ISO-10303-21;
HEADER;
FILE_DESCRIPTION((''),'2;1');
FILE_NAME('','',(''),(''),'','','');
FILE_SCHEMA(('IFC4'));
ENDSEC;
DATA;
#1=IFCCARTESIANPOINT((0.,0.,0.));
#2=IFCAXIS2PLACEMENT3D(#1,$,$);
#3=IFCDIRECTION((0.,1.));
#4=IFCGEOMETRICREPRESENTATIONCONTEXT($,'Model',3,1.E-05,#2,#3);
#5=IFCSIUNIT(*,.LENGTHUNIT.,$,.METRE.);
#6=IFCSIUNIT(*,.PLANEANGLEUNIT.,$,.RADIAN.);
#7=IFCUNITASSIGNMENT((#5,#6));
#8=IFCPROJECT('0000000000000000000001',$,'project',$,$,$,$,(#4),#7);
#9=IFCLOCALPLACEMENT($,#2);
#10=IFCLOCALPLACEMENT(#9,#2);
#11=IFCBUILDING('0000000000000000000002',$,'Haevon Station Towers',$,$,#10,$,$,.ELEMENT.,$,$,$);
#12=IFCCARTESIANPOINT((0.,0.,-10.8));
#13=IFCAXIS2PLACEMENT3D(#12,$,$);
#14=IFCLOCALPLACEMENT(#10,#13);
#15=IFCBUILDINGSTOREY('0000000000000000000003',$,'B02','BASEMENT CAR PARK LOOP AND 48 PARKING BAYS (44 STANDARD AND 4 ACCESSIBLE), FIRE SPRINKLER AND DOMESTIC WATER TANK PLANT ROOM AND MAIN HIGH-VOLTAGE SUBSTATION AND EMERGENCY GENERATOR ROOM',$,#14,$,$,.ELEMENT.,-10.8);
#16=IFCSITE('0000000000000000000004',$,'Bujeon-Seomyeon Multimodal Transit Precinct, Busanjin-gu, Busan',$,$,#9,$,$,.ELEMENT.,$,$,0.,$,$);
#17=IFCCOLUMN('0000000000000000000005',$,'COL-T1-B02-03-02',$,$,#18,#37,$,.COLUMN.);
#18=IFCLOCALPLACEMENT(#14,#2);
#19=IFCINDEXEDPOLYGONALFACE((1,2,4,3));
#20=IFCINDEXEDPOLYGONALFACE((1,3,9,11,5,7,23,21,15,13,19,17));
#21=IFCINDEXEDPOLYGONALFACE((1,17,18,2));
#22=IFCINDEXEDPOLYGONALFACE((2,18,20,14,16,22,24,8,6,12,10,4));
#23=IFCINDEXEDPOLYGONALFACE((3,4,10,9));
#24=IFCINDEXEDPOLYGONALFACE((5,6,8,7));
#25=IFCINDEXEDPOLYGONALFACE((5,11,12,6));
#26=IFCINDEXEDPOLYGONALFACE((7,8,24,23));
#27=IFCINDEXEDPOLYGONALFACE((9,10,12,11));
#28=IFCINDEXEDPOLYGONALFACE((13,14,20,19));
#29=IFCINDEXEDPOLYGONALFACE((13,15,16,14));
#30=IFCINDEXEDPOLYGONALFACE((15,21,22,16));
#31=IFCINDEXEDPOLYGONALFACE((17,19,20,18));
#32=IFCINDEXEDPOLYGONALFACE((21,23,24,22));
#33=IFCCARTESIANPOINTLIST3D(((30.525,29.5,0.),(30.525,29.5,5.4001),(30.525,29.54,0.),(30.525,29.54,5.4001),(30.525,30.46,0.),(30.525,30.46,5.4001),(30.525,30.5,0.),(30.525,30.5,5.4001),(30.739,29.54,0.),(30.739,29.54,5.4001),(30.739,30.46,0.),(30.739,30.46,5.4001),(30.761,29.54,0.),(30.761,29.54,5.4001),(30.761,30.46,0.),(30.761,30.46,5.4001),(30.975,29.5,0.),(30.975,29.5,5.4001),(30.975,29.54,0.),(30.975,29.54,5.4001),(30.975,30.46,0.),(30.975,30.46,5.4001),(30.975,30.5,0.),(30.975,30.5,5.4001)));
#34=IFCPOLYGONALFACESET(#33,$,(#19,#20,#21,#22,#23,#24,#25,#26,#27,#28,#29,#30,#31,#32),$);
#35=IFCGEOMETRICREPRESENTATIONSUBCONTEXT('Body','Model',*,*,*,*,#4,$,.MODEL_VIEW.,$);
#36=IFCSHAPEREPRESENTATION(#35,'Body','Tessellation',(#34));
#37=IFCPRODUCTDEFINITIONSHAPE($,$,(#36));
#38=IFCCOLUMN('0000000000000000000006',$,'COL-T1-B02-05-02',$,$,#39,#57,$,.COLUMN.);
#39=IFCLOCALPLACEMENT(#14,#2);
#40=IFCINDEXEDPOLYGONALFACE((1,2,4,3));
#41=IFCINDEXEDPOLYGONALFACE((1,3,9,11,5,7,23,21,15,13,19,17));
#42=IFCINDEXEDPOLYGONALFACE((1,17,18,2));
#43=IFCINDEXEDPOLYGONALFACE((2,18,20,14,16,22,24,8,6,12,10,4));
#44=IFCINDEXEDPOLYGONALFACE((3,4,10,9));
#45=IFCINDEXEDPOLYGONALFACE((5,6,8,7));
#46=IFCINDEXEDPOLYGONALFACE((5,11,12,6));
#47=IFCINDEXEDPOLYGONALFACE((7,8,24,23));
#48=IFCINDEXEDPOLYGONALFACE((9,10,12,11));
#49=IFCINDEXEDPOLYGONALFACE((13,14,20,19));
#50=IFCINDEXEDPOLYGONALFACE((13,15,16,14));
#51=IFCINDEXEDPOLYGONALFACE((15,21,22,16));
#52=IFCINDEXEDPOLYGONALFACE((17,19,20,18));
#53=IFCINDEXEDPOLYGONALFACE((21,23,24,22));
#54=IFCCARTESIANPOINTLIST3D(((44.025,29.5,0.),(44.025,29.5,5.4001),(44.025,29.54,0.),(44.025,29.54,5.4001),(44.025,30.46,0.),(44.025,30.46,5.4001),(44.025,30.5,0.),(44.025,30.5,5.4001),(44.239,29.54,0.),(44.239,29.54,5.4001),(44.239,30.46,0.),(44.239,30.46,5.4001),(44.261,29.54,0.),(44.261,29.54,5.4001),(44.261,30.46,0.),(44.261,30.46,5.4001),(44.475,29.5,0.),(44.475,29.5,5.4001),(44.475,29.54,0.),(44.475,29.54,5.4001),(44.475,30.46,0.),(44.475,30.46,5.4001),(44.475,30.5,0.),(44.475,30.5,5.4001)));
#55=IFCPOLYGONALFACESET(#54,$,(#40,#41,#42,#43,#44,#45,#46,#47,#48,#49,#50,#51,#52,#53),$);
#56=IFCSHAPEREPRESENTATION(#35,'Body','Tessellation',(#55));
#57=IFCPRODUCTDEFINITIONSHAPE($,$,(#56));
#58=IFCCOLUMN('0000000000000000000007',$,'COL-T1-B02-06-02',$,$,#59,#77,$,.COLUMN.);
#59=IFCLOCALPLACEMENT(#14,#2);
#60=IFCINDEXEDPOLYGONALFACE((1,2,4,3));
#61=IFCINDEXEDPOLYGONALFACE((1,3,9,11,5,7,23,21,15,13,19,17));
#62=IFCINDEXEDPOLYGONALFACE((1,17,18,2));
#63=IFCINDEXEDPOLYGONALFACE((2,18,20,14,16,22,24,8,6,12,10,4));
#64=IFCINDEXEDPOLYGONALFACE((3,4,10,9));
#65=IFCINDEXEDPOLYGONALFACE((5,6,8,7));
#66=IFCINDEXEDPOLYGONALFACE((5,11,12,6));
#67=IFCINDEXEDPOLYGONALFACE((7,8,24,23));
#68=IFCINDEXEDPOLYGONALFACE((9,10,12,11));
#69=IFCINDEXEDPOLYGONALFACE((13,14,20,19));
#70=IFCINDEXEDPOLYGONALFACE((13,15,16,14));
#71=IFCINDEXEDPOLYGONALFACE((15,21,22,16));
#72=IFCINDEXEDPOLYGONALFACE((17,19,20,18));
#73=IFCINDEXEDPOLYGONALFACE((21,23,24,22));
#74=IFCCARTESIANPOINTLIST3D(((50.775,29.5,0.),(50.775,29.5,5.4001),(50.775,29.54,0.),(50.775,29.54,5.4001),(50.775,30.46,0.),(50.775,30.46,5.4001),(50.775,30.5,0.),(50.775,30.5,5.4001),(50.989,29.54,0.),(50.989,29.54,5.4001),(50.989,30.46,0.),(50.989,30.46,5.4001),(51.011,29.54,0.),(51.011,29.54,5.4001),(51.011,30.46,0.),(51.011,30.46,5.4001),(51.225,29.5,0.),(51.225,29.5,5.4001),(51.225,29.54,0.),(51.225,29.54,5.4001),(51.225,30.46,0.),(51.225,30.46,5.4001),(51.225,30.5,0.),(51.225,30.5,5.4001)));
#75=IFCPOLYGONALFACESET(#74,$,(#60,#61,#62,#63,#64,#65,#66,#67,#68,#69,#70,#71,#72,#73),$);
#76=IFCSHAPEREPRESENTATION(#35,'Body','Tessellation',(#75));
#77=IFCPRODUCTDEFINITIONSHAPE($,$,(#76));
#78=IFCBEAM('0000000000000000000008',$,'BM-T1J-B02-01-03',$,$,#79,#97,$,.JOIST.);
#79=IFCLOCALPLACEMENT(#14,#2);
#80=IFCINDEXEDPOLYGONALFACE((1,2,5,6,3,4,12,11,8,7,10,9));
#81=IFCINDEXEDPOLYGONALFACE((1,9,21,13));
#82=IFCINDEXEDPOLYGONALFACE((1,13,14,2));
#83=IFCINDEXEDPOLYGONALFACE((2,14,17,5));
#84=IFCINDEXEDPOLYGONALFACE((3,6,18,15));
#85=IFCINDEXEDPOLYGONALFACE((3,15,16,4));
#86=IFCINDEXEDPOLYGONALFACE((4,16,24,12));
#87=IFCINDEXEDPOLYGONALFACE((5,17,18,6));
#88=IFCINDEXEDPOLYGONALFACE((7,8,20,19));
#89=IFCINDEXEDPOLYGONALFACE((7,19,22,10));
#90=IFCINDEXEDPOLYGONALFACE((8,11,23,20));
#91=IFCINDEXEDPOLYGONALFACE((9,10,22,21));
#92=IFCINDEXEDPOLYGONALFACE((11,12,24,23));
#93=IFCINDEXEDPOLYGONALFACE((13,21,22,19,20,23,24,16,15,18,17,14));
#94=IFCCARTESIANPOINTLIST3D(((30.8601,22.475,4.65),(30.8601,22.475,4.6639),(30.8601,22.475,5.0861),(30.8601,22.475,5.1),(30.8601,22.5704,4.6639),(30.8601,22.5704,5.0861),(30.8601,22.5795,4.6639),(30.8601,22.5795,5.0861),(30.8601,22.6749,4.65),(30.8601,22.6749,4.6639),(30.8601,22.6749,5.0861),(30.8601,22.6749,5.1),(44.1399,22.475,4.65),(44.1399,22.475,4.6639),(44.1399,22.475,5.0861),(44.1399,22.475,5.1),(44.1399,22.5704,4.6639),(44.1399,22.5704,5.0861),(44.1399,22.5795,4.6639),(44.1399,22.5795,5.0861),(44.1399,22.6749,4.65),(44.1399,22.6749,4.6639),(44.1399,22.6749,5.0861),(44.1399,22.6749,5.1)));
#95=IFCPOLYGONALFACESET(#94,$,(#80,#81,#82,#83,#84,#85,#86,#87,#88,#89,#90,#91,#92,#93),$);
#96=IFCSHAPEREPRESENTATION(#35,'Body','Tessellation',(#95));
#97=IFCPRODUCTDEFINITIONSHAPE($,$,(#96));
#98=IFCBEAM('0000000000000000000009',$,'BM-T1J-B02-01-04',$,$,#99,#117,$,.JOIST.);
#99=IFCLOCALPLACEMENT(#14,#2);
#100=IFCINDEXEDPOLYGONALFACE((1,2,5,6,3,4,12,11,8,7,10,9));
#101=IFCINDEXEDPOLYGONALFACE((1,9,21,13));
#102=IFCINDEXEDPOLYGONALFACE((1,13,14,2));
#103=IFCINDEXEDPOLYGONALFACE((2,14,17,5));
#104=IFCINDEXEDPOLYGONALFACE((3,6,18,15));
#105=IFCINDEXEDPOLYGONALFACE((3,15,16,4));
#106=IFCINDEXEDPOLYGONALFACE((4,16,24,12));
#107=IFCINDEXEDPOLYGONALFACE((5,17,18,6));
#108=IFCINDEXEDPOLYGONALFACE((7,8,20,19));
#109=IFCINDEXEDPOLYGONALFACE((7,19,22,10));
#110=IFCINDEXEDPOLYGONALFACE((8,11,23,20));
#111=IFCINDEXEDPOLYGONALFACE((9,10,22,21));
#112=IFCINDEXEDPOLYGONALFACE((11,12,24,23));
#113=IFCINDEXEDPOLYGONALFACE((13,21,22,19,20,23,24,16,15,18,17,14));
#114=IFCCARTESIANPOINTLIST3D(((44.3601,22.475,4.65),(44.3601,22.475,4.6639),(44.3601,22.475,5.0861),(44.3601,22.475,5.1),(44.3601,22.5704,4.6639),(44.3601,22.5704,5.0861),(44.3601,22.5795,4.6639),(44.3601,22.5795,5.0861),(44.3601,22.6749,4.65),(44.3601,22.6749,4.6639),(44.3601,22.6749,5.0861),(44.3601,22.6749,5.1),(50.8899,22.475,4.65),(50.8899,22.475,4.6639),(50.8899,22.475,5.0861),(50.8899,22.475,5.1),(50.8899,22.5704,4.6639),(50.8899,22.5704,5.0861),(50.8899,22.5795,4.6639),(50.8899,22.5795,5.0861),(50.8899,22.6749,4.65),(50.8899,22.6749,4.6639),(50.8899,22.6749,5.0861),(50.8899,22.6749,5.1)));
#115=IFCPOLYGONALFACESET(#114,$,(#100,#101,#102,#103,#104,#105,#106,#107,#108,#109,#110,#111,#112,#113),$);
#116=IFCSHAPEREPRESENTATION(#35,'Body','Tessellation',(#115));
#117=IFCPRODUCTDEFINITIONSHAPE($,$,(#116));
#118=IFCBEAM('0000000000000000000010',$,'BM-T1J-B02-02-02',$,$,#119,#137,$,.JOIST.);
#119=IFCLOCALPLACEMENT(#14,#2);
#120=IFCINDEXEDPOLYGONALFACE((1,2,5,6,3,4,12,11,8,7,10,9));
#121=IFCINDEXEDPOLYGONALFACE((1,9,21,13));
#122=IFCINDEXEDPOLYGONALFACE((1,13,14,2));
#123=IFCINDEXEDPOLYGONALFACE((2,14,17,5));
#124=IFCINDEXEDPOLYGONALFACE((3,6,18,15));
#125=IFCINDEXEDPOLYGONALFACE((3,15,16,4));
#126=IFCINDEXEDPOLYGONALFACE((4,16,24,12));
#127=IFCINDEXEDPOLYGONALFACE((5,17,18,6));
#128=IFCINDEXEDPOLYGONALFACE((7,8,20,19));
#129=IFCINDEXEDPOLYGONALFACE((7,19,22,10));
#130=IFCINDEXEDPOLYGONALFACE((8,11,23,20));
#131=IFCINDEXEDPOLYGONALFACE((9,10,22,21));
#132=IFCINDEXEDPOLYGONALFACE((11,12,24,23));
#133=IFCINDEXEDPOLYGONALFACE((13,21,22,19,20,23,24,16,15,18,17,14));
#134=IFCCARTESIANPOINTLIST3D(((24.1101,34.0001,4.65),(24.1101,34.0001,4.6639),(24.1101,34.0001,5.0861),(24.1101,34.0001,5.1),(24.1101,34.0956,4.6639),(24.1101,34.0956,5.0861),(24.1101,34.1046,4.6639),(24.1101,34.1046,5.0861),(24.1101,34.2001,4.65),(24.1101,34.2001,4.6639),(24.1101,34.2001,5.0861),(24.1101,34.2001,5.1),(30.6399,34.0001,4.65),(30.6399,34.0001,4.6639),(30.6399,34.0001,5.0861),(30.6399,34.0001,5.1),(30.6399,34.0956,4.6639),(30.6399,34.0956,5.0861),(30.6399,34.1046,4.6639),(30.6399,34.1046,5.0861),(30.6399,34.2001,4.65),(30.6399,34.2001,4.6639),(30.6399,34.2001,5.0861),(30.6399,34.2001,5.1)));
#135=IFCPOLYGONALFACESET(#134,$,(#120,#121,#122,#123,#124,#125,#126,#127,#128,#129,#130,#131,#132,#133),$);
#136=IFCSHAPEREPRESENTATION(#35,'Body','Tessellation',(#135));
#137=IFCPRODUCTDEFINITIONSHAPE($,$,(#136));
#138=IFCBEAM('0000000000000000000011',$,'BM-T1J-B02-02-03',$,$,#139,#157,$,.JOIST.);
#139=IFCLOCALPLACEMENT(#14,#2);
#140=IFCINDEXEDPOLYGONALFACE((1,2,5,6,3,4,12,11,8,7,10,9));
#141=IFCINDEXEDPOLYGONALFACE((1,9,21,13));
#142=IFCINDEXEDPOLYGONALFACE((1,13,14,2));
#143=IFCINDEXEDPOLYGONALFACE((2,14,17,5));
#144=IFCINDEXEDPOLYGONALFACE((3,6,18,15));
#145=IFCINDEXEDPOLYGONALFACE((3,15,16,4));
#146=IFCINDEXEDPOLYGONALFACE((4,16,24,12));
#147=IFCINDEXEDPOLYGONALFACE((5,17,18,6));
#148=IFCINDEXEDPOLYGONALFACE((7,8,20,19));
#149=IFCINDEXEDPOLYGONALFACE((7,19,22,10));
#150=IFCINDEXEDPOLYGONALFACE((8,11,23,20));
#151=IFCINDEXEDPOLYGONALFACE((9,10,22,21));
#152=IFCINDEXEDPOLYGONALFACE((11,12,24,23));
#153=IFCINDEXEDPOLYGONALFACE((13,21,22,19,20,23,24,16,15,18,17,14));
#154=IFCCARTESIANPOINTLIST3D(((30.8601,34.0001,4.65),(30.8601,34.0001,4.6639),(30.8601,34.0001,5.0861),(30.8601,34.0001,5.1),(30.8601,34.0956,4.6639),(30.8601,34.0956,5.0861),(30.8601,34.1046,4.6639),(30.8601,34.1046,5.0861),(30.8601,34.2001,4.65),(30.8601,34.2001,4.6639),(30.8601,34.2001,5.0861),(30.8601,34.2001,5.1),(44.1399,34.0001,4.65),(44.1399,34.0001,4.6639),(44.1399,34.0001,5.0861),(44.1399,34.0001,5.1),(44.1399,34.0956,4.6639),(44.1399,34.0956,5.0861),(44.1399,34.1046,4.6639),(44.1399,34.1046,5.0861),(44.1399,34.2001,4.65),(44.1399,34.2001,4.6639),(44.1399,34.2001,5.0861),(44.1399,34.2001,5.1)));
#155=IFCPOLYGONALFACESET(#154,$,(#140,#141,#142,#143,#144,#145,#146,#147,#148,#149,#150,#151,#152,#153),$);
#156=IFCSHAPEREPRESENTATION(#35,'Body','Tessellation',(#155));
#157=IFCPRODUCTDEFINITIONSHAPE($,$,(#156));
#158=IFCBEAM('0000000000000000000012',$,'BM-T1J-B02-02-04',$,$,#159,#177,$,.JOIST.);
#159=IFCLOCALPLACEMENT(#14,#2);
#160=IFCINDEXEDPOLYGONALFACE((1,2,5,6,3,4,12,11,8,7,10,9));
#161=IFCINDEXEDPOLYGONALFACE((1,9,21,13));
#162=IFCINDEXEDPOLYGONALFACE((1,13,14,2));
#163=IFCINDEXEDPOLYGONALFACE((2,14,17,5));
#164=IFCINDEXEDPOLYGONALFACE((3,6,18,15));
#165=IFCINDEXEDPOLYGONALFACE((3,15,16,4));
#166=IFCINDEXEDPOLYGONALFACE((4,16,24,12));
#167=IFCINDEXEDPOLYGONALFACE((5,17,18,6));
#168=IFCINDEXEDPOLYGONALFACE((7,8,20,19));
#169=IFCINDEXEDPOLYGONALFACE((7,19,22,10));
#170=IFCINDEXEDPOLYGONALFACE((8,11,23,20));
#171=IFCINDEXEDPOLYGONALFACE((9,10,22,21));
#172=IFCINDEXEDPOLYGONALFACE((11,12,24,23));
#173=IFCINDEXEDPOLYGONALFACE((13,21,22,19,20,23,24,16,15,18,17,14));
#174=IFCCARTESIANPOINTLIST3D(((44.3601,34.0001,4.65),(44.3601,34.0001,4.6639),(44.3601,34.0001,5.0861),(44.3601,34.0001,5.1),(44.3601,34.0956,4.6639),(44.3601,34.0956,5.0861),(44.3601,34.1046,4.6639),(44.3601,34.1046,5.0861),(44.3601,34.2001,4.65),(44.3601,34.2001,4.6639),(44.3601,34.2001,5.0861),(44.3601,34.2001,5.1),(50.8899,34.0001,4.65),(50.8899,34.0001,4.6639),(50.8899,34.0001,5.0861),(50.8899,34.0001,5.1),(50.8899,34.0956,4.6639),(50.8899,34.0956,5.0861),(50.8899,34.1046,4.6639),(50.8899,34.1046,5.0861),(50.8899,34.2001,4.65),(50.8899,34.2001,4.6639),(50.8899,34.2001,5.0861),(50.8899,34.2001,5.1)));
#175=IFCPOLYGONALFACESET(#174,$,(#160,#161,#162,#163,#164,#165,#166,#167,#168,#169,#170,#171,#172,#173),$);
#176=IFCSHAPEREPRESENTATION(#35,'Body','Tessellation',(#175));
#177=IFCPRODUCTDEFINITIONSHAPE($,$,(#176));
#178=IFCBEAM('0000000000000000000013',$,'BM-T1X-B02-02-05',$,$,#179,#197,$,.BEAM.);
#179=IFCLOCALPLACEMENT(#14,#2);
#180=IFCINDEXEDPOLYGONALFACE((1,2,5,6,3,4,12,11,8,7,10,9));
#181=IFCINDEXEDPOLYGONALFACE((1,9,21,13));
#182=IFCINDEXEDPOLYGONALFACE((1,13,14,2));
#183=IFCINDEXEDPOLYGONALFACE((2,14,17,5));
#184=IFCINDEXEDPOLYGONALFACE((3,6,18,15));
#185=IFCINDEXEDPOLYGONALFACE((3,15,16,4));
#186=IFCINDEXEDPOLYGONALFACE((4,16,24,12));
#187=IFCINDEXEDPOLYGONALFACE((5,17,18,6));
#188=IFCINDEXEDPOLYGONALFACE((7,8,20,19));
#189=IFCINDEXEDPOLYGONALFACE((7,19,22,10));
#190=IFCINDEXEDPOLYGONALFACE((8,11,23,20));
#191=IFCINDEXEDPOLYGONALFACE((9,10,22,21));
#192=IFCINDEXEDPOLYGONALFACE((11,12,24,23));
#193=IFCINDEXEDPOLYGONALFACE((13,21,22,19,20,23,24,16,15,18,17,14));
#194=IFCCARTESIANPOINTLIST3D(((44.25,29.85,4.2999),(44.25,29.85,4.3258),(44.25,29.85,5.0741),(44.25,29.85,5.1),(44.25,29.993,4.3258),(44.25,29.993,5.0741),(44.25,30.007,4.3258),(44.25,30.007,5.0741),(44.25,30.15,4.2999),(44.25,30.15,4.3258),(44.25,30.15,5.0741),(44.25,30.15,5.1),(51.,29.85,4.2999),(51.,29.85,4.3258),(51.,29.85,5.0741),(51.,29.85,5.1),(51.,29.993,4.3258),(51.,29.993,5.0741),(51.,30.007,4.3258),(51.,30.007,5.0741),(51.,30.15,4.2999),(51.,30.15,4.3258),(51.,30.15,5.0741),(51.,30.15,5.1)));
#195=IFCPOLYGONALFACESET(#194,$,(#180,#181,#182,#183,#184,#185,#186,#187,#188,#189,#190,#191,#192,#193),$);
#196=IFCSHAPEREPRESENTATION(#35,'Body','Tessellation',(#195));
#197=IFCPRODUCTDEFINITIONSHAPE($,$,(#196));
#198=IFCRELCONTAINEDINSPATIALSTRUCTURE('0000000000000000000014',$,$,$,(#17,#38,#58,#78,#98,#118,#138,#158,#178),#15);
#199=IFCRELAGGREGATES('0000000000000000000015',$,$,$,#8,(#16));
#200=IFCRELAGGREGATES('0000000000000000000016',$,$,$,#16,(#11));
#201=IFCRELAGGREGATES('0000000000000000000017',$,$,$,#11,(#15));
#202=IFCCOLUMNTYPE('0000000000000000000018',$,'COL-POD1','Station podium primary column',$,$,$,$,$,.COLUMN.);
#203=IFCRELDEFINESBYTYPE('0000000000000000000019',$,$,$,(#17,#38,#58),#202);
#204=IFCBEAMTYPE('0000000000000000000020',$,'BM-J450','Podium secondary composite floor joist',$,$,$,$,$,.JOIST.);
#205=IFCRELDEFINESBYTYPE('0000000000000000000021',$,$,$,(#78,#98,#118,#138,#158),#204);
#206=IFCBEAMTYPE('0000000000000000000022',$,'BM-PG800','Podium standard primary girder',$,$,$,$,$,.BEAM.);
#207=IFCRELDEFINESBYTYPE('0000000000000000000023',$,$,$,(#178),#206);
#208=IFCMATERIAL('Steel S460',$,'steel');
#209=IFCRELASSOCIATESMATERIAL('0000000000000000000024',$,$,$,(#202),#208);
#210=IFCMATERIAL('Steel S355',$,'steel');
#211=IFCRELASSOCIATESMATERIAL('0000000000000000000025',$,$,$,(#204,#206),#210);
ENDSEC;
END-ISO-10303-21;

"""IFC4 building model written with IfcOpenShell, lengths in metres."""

from ifc_helpers import new_model, si_unit, direction, frame, origin, origin_2d, place, context, subcontext, project, spatial, i_section, extrude, material, material_profile, profile_set, type_object, element, save


model = new_model("IFC4")

# Units and contexts
model_context = context("Model", 3, precision=1e-05, world=origin(), true_north=direction((0.0, 1.0)))
body_context = subcontext(model_context, "Body", "Model", "MODEL_VIEW")
ifc_project = project(units=[si_unit("LENGTHUNIT", "METRE"), si_unit("PLANEANGLEUNIT", "RADIAN")], contexts=[model_context])

# Site, building, storey
site_placement = place(None, origin())
site = spatial("IfcSite", under=ifc_project, at=site_placement, Name="Bujeon-Seomyeon Multimodal Transit Precinct, Busanjin-gu, Busan", CompositionType="ELEMENT", RefElevation=0.0)
building_placement = place(site_placement, origin())
building = spatial("IfcBuilding", under=site, at=building_placement, Name="Haevon Station Towers", CompositionType="ELEMENT")
storey_placement = place(building_placement, frame((0.0, 0.0, -10.8)))
storey = spatial("IfcBuildingStorey", under=building, at=storey_placement, Name="B02", Description="BASEMENT CAR PARK LOOP AND 48 PARKING BAYS (44 STANDARD AND 4 ACCESSIBLE), FIRE SPRINKLER AND DOMESTIC WATER TANK PLANT ROOM AND MAIN HIGH-VOLTAGE SUBSTATION AND EMERGENCY GENERATOR ROOM", CompositionType="ELEMENT", Elevation=-10.8)

# Columns
ifc_material_1 = material(Name="Steel S460", Category="steel")
ifc_material_profile_1 = material_profile(ifc_material_1, i_section(OverallWidth=0.45, OverallDepth=1.0, WebThickness=0.022, FlangeThickness=0.04, at=origin_2d()), Name="H-1000x450x22x40")
ifc_profile_set_1 = profile_set([ifc_material_profile_1], Name="Steel S460")
column_type = type_object("IfcColumnType", Name="COL-POD1", Description="Station podium primary column", PredefinedType="COLUMN", material=ifc_profile_set_1)
for number, where, z_axis, x_axis, name in (
    (1, (30.75, 30.0, 0.0), (0.0, 0.0, 1.0), (1.0, 0.0, 0.0), "COL-T1-B02-03-02"),
    (2, (44.25, 30.0, 0.0), (0.0, 0.0, 1.0), (1.0, 0.0, 0.0), "COL-T1-B02-05-02"),
    (3, (51.0, 30.0, 0.0), (0.0, 0.0, 1.0), (1.0, 0.0, 0.0), "COL-T1-B02-06-02"),
):
    element("IfcColumn", number, at=place(storey_placement, frame(where, z_axis=z_axis, x_axis=x_axis)), inside=storey, type_object=column_type, Name=name, PredefinedType="COLUMN", context=body_context, shape_type="SweptSolid", body=[
        extrude(i_section(OverallWidth=0.45, OverallDepth=1.0, WebThickness=0.022, FlangeThickness=0.04, at=origin_2d()), origin(), (0.0, 0.0, 1.0), 5.4001),
    ])

# Beams
ifc_material_2 = material(Name="Steel S355", Category="steel")
ifc_material_profile_2 = material_profile(ifc_material_2, i_section(OverallWidth=0.2, OverallDepth=0.45, WebThickness=0.009, FlangeThickness=0.0139, at=origin_2d()), Name="H-450x200x9x14")
ifc_profile_set_2 = profile_set([ifc_material_profile_2], Name="Steel S355")
beam_type_1 = type_object("IfcBeamType", Name="BM-J450", Description="Podium secondary composite floor joist", PredefinedType="JOIST", material=ifc_profile_set_2)
beam_1_placement = place(storey_placement, frame((30.8601, 22.575, 4.875), z_axis=(1.0, 0.0, 0.0), x_axis=(0.0, 1.0, 0.0)))
element("IfcBeam", 4, at=beam_1_placement, inside=storey, type_object=beam_type_1, Name="BM-T1J-B02-01-03", PredefinedType="JOIST", context=body_context, shape_type="SweptSolid", body=[
    extrude(i_section(OverallWidth=0.2, OverallDepth=0.45, WebThickness=0.009, FlangeThickness=0.0139, at=origin_2d()), origin(), (0.0, 0.0, 1.0), 13.2798),
])
for number, where, z_axis, x_axis, name in (
    (5, (44.3601, 22.575, 4.875), (1.0, 0.0, 0.0), (0.0, 1.0, 0.0), "BM-T1J-B02-01-04"),
    (6, (24.1101, 34.1001, 4.875), (1.0, 0.0, 0.0), (0.0, 1.0, 0.0), "BM-T1J-B02-02-02"),
):
    element("IfcBeam", number, at=place(storey_placement, frame(where, z_axis=z_axis, x_axis=x_axis)), inside=storey, type_object=beam_type_1, Name=name, PredefinedType="JOIST", context=body_context, shape_type="SweptSolid", body=[
        extrude(i_section(OverallWidth=0.2, OverallDepth=0.45, WebThickness=0.009, FlangeThickness=0.0139, at=origin_2d()), origin(), (0.0, 0.0, 1.0), 6.5298),
    ])
beam_2_placement = place(storey_placement, frame((30.8601, 34.1001, 4.875), z_axis=(1.0, 0.0, 0.0), x_axis=(0.0, 1.0, 0.0)))
element("IfcBeam", 7, at=beam_2_placement, inside=storey, type_object=beam_type_1, Name="BM-T1J-B02-02-03", PredefinedType="JOIST", context=body_context, shape_type="SweptSolid", body=[
    extrude(i_section(OverallWidth=0.2, OverallDepth=0.45, WebThickness=0.009, FlangeThickness=0.0139, at=origin_2d()), origin(), (0.0, 0.0, 1.0), 13.2798),
])
beam_3_placement = place(storey_placement, frame((44.3601, 34.1001, 4.875), z_axis=(1.0, 0.0, 0.0), x_axis=(0.0, 1.0, 0.0)))
element("IfcBeam", 8, at=beam_3_placement, inside=storey, type_object=beam_type_1, Name="BM-T1J-B02-02-04", PredefinedType="JOIST", context=body_context, shape_type="SweptSolid", body=[
    extrude(i_section(OverallWidth=0.2, OverallDepth=0.45, WebThickness=0.009, FlangeThickness=0.0139, at=origin_2d()), origin(), (0.0, 0.0, 1.0), 6.5298),
])
ifc_material_profile_3 = material_profile(ifc_material_2, i_section(OverallWidth=0.3, OverallDepth=0.8, WebThickness=0.0139, FlangeThickness=0.0259, at=origin_2d()), Name="H-800x300x14x26")
ifc_profile_set_3 = profile_set([ifc_material_profile_3], Name="Steel S355")
beam_type_2 = type_object("IfcBeamType", Name="BM-PG800", Description="Podium standard primary girder", PredefinedType="BEAM", material=ifc_profile_set_3)
beam_4_placement = place(storey_placement, frame((44.25, 30.0, 4.7), z_axis=(1.0, 0.0, 0.0), x_axis=(0.0, 1.0, 0.0)))
element("IfcBeam", 9, at=beam_4_placement, inside=storey, type_object=beam_type_2, Name="BM-T1X-B02-02-05", PredefinedType="BEAM", context=body_context, shape_type="SweptSolid", body=[
    extrude(i_section(OverallWidth=0.3, OverallDepth=0.8, WebThickness=0.0139, FlangeThickness=0.0259, at=origin_2d()), origin(), (0.0, 0.0, 1.0), 6.75),
])

save(model, "model.ifc")
